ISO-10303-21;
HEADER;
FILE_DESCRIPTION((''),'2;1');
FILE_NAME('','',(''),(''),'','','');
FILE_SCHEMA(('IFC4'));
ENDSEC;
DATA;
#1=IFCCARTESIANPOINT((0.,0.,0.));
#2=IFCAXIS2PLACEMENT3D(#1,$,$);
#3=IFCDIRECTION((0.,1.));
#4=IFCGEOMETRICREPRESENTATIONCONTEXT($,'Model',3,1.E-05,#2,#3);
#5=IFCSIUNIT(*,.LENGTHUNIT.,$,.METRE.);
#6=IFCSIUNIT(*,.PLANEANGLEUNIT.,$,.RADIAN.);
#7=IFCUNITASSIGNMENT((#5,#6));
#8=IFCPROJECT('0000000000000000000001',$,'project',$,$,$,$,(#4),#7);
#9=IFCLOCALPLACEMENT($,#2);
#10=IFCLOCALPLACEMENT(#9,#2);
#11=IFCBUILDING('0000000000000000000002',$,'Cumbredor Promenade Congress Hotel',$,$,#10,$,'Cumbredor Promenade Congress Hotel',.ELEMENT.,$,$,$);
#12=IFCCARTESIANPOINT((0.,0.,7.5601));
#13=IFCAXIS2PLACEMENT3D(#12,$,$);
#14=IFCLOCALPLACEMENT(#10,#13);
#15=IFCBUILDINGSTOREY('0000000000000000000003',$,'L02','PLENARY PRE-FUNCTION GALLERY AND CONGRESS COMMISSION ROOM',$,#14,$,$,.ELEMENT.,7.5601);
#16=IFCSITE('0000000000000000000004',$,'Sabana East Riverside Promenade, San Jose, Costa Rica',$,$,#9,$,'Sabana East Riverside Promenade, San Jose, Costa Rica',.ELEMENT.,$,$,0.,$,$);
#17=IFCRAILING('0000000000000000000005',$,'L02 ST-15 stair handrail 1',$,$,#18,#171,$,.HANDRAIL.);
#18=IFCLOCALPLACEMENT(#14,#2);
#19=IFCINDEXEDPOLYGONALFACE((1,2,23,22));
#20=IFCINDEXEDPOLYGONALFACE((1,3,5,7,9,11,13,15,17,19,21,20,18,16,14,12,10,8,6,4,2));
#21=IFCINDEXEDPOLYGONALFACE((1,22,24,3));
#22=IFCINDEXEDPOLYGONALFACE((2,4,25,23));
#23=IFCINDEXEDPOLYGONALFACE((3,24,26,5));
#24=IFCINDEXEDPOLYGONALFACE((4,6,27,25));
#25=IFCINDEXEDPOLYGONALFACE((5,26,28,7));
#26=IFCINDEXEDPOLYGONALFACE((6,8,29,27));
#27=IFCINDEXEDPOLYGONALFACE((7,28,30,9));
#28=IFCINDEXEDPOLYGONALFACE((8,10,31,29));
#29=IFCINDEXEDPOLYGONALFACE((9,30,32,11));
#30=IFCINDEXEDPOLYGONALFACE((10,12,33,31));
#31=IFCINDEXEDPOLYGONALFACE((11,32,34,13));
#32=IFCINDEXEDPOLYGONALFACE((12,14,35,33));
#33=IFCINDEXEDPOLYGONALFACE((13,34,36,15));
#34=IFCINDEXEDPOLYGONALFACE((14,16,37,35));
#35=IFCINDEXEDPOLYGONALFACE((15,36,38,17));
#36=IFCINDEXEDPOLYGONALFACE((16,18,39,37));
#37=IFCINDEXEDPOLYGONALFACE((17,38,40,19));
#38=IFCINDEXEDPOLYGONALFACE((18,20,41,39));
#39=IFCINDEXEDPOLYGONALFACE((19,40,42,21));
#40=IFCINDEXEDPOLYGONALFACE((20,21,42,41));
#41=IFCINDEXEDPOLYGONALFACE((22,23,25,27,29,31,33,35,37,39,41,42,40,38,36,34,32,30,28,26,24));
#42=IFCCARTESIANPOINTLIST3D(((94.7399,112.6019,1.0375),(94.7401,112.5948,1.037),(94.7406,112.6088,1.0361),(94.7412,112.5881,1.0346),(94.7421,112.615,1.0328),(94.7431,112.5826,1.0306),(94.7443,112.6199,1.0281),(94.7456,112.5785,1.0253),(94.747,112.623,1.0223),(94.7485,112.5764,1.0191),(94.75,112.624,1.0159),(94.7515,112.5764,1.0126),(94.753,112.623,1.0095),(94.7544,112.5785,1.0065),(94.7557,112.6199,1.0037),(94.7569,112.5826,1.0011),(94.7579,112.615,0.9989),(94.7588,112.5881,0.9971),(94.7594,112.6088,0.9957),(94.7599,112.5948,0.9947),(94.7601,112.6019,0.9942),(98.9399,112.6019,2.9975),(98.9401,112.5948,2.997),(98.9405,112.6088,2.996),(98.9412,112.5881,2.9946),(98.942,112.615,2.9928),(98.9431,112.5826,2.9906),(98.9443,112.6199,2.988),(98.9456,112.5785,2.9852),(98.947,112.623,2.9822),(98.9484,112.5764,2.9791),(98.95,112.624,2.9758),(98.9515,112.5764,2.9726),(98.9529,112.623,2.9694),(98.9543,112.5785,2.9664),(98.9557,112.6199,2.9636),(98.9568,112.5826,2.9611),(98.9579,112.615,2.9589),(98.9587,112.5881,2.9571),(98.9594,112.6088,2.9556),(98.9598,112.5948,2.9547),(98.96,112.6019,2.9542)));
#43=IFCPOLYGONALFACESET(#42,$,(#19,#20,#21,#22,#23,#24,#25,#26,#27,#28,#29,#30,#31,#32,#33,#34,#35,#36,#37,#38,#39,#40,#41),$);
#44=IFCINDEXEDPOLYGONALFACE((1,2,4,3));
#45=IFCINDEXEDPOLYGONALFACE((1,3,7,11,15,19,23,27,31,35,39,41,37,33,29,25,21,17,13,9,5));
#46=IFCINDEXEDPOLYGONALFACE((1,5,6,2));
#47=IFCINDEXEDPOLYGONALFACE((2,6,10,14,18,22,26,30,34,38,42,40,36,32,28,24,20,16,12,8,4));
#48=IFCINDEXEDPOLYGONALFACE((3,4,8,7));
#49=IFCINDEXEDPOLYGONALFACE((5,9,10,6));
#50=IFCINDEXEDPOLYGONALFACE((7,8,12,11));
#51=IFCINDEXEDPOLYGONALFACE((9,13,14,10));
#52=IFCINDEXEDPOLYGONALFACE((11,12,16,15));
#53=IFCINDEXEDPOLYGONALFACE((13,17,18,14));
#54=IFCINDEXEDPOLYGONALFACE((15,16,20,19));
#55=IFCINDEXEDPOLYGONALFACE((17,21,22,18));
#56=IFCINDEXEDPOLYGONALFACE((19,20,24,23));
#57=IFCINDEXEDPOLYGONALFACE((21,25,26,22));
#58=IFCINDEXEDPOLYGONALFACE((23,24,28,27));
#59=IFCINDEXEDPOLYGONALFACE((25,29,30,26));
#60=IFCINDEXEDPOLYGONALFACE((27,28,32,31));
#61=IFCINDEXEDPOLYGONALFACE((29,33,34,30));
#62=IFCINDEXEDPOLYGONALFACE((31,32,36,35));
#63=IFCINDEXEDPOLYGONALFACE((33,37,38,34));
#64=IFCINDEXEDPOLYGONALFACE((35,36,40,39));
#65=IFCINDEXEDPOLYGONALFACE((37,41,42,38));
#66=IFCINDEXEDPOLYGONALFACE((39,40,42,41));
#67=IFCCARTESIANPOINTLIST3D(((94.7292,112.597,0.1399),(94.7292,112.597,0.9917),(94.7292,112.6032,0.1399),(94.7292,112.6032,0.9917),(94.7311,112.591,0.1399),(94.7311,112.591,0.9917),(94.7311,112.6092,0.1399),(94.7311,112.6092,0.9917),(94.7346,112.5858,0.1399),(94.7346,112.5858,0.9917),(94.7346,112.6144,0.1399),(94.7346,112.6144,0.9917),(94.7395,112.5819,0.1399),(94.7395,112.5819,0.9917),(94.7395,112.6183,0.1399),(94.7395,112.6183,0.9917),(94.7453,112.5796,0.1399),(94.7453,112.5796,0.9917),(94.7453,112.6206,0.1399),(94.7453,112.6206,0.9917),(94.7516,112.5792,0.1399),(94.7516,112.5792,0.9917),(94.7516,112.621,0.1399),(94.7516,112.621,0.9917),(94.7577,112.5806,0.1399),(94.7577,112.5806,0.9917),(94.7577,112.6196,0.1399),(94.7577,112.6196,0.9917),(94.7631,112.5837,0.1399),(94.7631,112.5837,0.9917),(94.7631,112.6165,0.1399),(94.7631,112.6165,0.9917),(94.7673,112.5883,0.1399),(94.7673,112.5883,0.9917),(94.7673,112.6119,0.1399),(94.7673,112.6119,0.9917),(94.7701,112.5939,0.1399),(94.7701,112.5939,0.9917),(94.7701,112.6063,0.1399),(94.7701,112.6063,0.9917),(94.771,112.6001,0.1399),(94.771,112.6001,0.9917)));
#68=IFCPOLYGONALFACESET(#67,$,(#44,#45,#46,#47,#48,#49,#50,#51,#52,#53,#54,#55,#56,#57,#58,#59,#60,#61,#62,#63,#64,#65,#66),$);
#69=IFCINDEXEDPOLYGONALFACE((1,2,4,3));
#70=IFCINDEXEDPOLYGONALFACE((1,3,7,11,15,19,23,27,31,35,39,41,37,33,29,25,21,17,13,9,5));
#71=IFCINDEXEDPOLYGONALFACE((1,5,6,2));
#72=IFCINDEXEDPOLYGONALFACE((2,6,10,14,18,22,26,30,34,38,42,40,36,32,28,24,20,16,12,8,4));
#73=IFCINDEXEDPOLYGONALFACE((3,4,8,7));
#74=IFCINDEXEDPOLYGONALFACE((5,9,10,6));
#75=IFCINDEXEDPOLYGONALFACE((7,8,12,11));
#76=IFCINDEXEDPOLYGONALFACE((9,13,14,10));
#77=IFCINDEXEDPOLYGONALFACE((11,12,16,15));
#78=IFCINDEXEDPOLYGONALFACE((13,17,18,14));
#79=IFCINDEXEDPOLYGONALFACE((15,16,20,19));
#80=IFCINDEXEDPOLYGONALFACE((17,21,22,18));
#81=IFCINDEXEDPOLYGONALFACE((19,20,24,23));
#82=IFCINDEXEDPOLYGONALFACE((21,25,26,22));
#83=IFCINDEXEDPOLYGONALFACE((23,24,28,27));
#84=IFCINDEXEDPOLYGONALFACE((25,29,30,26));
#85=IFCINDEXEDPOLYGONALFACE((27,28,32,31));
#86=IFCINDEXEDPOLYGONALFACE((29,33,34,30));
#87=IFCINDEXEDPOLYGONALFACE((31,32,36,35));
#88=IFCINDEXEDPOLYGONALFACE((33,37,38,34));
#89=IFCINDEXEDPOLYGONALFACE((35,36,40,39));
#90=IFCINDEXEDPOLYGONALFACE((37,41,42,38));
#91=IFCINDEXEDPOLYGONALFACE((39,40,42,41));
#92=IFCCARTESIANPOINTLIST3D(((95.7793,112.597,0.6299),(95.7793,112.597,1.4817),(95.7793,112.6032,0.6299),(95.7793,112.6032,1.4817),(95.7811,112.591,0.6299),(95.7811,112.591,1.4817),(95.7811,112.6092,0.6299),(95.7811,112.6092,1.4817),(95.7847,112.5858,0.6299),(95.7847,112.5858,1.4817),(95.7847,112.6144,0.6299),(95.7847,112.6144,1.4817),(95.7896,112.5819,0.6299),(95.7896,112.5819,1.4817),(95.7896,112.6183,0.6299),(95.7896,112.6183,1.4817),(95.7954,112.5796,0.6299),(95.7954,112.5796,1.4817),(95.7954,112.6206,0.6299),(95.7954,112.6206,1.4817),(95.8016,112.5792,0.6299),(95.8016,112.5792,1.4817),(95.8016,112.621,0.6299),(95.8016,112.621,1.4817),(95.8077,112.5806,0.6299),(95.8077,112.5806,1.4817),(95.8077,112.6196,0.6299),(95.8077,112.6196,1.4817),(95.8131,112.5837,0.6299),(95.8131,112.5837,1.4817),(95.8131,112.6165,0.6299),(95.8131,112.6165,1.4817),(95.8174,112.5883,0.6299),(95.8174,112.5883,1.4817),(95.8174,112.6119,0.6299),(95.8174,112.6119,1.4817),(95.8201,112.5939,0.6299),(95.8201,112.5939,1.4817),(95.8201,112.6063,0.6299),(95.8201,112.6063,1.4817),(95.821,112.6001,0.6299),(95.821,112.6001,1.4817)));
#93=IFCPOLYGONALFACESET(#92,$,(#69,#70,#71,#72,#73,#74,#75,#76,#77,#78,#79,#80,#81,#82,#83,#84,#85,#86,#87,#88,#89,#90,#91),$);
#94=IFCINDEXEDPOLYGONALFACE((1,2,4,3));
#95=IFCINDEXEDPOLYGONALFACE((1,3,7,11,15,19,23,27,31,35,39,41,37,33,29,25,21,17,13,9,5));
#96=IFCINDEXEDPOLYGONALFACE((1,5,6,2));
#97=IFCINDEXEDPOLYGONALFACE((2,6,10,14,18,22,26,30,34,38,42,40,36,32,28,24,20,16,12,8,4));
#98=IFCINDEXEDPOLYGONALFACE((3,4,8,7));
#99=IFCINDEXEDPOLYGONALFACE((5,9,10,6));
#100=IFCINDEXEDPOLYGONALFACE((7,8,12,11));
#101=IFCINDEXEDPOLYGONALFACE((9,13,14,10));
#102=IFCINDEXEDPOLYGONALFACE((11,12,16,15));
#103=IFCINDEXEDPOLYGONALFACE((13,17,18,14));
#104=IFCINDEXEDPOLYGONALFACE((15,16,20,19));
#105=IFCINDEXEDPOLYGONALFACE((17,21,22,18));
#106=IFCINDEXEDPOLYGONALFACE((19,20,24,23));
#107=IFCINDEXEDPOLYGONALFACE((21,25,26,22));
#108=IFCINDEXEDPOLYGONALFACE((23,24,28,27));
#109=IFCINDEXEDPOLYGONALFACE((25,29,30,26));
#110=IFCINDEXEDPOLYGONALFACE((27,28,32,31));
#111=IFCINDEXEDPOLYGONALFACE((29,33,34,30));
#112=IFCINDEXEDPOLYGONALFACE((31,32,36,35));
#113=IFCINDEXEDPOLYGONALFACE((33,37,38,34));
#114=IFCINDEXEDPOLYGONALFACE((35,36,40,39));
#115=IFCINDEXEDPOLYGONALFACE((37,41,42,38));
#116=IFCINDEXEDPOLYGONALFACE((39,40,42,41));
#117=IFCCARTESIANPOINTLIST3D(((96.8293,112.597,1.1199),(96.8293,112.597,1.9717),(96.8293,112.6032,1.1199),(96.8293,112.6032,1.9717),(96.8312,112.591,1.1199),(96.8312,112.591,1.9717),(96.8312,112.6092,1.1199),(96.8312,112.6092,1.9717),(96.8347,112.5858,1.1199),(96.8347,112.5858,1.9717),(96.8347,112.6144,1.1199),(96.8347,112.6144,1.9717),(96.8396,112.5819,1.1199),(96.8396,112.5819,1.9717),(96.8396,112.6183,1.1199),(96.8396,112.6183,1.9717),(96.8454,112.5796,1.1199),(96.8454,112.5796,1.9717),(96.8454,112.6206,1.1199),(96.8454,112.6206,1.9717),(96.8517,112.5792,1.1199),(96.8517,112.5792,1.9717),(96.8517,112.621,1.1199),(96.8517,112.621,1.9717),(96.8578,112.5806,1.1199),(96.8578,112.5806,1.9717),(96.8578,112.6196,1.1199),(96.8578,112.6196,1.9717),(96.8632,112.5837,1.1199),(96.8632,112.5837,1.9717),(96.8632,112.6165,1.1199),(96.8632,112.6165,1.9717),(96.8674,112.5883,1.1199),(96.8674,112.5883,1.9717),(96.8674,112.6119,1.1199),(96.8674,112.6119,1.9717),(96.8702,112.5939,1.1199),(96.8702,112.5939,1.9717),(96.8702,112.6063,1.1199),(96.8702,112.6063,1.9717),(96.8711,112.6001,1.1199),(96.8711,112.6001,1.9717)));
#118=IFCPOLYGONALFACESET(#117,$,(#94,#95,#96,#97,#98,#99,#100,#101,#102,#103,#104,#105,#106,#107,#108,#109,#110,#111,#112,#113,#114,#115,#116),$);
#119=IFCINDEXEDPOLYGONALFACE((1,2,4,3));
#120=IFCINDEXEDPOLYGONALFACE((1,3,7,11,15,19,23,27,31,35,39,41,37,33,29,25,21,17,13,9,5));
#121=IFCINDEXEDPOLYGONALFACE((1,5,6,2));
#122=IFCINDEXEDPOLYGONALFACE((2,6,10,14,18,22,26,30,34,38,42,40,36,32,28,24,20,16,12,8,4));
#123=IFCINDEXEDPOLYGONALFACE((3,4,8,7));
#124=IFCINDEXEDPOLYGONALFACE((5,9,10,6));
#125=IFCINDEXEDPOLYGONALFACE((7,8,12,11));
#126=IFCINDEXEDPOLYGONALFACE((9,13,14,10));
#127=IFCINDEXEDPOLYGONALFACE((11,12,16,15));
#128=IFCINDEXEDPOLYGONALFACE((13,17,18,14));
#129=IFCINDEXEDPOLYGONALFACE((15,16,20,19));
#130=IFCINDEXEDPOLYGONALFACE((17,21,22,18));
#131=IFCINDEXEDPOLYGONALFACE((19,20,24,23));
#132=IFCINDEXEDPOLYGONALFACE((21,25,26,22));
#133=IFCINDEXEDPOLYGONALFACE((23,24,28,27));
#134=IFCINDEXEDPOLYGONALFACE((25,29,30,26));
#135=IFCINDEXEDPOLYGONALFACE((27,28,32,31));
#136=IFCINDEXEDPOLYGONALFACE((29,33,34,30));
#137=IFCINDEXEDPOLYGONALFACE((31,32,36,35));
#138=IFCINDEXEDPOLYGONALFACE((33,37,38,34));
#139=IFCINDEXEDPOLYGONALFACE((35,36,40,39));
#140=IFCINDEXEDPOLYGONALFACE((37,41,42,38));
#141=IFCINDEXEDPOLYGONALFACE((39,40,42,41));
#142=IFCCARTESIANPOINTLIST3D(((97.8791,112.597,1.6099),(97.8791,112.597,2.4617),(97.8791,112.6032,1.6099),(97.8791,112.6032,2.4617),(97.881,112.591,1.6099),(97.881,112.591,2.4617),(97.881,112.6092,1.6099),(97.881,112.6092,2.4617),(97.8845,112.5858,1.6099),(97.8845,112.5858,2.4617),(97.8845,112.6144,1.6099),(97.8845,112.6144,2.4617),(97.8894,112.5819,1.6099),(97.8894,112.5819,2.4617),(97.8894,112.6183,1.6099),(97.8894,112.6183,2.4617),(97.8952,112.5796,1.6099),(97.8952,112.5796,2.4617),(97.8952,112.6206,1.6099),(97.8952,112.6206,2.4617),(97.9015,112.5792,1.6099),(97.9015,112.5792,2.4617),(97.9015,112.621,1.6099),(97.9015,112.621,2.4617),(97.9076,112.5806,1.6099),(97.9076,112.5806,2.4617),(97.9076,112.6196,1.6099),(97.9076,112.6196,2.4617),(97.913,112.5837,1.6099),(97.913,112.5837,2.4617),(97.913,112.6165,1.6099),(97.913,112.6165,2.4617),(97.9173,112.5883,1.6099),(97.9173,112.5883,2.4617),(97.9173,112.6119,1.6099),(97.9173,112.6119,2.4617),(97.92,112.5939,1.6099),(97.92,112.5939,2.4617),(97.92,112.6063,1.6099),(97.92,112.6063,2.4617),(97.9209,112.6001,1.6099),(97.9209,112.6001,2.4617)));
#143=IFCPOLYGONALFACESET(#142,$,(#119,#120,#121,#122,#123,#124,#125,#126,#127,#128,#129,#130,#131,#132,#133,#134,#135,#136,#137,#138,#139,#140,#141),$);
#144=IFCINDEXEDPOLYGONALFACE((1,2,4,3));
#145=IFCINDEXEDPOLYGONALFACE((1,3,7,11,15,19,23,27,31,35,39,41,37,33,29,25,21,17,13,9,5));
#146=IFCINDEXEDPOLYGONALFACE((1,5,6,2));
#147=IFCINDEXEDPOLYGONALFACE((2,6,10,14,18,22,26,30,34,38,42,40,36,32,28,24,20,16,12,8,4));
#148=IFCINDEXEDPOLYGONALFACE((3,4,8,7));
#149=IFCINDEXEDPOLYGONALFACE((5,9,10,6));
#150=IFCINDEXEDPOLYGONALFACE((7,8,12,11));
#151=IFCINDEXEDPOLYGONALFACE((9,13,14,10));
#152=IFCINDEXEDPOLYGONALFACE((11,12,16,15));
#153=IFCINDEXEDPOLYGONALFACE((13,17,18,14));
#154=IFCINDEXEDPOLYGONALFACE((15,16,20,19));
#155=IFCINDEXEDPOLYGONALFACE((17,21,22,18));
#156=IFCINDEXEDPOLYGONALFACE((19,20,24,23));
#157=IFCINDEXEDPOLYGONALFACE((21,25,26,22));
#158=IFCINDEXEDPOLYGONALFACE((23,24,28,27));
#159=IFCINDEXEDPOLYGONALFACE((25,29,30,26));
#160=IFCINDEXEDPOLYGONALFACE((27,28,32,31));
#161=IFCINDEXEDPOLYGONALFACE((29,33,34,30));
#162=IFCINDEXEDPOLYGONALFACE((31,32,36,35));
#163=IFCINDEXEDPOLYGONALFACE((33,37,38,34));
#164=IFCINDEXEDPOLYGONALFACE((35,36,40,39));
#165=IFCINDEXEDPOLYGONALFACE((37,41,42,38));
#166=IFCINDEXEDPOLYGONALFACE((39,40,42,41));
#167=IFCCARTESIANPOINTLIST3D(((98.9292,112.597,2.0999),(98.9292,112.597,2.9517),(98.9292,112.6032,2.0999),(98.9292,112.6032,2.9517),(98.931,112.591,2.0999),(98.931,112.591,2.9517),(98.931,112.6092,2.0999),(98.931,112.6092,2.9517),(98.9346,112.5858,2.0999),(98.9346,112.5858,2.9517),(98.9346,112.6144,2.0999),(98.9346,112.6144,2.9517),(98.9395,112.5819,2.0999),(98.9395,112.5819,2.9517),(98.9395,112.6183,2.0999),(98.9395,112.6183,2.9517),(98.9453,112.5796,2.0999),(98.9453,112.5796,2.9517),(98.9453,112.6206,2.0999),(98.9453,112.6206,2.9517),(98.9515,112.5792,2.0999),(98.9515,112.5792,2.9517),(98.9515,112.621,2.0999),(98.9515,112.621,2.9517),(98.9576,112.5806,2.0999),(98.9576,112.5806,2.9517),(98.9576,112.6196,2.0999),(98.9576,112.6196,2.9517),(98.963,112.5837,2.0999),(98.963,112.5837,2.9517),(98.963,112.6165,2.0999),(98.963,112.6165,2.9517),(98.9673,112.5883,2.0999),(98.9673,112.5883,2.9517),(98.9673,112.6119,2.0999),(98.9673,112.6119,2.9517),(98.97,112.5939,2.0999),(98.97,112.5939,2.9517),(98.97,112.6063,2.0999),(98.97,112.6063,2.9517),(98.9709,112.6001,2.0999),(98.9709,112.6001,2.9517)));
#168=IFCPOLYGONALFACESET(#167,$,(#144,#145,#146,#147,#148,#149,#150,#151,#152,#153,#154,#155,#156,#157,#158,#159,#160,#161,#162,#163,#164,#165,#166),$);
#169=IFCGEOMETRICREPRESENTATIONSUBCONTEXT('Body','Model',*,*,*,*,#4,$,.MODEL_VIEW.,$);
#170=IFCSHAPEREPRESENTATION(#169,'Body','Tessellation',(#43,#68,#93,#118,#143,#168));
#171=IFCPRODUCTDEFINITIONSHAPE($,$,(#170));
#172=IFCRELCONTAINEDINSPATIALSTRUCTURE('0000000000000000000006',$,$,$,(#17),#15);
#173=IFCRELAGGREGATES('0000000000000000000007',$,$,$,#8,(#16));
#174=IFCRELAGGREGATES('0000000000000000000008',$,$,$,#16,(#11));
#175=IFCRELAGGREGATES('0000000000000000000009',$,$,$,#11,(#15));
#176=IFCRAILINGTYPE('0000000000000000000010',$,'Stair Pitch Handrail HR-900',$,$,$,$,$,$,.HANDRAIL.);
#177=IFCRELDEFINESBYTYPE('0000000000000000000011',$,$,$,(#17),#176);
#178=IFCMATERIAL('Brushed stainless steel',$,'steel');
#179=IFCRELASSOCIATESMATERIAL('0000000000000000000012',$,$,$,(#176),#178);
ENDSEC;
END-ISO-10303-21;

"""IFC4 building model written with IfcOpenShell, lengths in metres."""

from ifc_helpers import new_model, si_unit, direction, frame, origin, origin_2d, place, context, subcontext, project, spatial, circle, extrude, material, type_object, element, save


model = new_model("IFC4")

# Units and contexts
model_context = context("Model", 3, precision=1e-05, world=origin(), true_north=direction((0.0, 1.0)))
body_context = subcontext(model_context, "Body", "Model", "MODEL_VIEW")
ifc_project = project(units=[si_unit("LENGTHUNIT", "METRE"), si_unit("PLANEANGLEUNIT", "RADIAN")], contexts=[model_context])

# Site, building, storey
site_placement = place(None, origin())
site = spatial("IfcSite", under=ifc_project, at=site_placement, Name="Sabana East Riverside Promenade, San Jose, Costa Rica", LongName="Sabana East Riverside Promenade, San Jose, Costa Rica", CompositionType="ELEMENT", RefElevation=0.0)
building_placement = place(site_placement, origin())
building = spatial("IfcBuilding", under=site, at=building_placement, Name="Cumbredor Promenade Congress Hotel", LongName="Cumbredor Promenade Congress Hotel", CompositionType="ELEMENT")
storey_placement = place(building_placement, frame((0.0, 0.0, 7.5601)))
storey = spatial("IfcBuildingStorey", under=building, at=storey_placement, Name="L02", Description="PLENARY PRE-FUNCTION GALLERY AND CONGRESS COMMISSION ROOM", CompositionType="ELEMENT", Elevation=7.5601)

# Railing
ifc_material_1 = material(Name="Brushed stainless steel", Category="steel")
railing_type_1 = type_object("IfcRailingType", Name="Stair Pitch Handrail HR-900", PredefinedType="HANDRAIL", material=ifc_material_1)
railing_1_placement = place(storey_placement, frame((94.75, 112.6001, 0.1399)))
element("IfcRailing", 1, at=railing_1_placement, inside=storey, type_object=railing_type_1, Name="L02 ST-15 stair handrail 1", PredefinedType="HANDRAIL", context=body_context, shape_type="SweptSolid", body=[
    extrude(circle(Radius=0.0239, at=origin_2d()), frame((0.0, 0.0, 0.876), z_axis=(0.906184, 0.0, 0.422883), x_axis=(0.0, 1.0, 0.0)), (0.0, 0.0, 1.0), 4.6348),
    extrude(circle(Radius=0.021, at=origin_2d()), origin(), (0.0, 0.0, 1.0), 0.8518),
    extrude(circle(Radius=0.021, at=origin_2d()), frame((1.05, 0.0, 0.49)), (0.0, 0.0, 1.0), 0.8518),
    extrude(circle(Radius=0.021, at=origin_2d()), frame((2.1001, 0.0, 0.98)), (0.0, 0.0, 1.0), 0.8518),
    extrude(circle(Radius=0.021, at=origin_2d()), frame((3.1499, 0.0, 1.47)), (0.0, 0.0, 1.0), 0.8518),
    extrude(circle(Radius=0.021, at=origin_2d()), frame((4.2, 0.0, 1.96)), (0.0, 0.0, 1.0), 0.8518),
])

save(model, "model.ifc")
